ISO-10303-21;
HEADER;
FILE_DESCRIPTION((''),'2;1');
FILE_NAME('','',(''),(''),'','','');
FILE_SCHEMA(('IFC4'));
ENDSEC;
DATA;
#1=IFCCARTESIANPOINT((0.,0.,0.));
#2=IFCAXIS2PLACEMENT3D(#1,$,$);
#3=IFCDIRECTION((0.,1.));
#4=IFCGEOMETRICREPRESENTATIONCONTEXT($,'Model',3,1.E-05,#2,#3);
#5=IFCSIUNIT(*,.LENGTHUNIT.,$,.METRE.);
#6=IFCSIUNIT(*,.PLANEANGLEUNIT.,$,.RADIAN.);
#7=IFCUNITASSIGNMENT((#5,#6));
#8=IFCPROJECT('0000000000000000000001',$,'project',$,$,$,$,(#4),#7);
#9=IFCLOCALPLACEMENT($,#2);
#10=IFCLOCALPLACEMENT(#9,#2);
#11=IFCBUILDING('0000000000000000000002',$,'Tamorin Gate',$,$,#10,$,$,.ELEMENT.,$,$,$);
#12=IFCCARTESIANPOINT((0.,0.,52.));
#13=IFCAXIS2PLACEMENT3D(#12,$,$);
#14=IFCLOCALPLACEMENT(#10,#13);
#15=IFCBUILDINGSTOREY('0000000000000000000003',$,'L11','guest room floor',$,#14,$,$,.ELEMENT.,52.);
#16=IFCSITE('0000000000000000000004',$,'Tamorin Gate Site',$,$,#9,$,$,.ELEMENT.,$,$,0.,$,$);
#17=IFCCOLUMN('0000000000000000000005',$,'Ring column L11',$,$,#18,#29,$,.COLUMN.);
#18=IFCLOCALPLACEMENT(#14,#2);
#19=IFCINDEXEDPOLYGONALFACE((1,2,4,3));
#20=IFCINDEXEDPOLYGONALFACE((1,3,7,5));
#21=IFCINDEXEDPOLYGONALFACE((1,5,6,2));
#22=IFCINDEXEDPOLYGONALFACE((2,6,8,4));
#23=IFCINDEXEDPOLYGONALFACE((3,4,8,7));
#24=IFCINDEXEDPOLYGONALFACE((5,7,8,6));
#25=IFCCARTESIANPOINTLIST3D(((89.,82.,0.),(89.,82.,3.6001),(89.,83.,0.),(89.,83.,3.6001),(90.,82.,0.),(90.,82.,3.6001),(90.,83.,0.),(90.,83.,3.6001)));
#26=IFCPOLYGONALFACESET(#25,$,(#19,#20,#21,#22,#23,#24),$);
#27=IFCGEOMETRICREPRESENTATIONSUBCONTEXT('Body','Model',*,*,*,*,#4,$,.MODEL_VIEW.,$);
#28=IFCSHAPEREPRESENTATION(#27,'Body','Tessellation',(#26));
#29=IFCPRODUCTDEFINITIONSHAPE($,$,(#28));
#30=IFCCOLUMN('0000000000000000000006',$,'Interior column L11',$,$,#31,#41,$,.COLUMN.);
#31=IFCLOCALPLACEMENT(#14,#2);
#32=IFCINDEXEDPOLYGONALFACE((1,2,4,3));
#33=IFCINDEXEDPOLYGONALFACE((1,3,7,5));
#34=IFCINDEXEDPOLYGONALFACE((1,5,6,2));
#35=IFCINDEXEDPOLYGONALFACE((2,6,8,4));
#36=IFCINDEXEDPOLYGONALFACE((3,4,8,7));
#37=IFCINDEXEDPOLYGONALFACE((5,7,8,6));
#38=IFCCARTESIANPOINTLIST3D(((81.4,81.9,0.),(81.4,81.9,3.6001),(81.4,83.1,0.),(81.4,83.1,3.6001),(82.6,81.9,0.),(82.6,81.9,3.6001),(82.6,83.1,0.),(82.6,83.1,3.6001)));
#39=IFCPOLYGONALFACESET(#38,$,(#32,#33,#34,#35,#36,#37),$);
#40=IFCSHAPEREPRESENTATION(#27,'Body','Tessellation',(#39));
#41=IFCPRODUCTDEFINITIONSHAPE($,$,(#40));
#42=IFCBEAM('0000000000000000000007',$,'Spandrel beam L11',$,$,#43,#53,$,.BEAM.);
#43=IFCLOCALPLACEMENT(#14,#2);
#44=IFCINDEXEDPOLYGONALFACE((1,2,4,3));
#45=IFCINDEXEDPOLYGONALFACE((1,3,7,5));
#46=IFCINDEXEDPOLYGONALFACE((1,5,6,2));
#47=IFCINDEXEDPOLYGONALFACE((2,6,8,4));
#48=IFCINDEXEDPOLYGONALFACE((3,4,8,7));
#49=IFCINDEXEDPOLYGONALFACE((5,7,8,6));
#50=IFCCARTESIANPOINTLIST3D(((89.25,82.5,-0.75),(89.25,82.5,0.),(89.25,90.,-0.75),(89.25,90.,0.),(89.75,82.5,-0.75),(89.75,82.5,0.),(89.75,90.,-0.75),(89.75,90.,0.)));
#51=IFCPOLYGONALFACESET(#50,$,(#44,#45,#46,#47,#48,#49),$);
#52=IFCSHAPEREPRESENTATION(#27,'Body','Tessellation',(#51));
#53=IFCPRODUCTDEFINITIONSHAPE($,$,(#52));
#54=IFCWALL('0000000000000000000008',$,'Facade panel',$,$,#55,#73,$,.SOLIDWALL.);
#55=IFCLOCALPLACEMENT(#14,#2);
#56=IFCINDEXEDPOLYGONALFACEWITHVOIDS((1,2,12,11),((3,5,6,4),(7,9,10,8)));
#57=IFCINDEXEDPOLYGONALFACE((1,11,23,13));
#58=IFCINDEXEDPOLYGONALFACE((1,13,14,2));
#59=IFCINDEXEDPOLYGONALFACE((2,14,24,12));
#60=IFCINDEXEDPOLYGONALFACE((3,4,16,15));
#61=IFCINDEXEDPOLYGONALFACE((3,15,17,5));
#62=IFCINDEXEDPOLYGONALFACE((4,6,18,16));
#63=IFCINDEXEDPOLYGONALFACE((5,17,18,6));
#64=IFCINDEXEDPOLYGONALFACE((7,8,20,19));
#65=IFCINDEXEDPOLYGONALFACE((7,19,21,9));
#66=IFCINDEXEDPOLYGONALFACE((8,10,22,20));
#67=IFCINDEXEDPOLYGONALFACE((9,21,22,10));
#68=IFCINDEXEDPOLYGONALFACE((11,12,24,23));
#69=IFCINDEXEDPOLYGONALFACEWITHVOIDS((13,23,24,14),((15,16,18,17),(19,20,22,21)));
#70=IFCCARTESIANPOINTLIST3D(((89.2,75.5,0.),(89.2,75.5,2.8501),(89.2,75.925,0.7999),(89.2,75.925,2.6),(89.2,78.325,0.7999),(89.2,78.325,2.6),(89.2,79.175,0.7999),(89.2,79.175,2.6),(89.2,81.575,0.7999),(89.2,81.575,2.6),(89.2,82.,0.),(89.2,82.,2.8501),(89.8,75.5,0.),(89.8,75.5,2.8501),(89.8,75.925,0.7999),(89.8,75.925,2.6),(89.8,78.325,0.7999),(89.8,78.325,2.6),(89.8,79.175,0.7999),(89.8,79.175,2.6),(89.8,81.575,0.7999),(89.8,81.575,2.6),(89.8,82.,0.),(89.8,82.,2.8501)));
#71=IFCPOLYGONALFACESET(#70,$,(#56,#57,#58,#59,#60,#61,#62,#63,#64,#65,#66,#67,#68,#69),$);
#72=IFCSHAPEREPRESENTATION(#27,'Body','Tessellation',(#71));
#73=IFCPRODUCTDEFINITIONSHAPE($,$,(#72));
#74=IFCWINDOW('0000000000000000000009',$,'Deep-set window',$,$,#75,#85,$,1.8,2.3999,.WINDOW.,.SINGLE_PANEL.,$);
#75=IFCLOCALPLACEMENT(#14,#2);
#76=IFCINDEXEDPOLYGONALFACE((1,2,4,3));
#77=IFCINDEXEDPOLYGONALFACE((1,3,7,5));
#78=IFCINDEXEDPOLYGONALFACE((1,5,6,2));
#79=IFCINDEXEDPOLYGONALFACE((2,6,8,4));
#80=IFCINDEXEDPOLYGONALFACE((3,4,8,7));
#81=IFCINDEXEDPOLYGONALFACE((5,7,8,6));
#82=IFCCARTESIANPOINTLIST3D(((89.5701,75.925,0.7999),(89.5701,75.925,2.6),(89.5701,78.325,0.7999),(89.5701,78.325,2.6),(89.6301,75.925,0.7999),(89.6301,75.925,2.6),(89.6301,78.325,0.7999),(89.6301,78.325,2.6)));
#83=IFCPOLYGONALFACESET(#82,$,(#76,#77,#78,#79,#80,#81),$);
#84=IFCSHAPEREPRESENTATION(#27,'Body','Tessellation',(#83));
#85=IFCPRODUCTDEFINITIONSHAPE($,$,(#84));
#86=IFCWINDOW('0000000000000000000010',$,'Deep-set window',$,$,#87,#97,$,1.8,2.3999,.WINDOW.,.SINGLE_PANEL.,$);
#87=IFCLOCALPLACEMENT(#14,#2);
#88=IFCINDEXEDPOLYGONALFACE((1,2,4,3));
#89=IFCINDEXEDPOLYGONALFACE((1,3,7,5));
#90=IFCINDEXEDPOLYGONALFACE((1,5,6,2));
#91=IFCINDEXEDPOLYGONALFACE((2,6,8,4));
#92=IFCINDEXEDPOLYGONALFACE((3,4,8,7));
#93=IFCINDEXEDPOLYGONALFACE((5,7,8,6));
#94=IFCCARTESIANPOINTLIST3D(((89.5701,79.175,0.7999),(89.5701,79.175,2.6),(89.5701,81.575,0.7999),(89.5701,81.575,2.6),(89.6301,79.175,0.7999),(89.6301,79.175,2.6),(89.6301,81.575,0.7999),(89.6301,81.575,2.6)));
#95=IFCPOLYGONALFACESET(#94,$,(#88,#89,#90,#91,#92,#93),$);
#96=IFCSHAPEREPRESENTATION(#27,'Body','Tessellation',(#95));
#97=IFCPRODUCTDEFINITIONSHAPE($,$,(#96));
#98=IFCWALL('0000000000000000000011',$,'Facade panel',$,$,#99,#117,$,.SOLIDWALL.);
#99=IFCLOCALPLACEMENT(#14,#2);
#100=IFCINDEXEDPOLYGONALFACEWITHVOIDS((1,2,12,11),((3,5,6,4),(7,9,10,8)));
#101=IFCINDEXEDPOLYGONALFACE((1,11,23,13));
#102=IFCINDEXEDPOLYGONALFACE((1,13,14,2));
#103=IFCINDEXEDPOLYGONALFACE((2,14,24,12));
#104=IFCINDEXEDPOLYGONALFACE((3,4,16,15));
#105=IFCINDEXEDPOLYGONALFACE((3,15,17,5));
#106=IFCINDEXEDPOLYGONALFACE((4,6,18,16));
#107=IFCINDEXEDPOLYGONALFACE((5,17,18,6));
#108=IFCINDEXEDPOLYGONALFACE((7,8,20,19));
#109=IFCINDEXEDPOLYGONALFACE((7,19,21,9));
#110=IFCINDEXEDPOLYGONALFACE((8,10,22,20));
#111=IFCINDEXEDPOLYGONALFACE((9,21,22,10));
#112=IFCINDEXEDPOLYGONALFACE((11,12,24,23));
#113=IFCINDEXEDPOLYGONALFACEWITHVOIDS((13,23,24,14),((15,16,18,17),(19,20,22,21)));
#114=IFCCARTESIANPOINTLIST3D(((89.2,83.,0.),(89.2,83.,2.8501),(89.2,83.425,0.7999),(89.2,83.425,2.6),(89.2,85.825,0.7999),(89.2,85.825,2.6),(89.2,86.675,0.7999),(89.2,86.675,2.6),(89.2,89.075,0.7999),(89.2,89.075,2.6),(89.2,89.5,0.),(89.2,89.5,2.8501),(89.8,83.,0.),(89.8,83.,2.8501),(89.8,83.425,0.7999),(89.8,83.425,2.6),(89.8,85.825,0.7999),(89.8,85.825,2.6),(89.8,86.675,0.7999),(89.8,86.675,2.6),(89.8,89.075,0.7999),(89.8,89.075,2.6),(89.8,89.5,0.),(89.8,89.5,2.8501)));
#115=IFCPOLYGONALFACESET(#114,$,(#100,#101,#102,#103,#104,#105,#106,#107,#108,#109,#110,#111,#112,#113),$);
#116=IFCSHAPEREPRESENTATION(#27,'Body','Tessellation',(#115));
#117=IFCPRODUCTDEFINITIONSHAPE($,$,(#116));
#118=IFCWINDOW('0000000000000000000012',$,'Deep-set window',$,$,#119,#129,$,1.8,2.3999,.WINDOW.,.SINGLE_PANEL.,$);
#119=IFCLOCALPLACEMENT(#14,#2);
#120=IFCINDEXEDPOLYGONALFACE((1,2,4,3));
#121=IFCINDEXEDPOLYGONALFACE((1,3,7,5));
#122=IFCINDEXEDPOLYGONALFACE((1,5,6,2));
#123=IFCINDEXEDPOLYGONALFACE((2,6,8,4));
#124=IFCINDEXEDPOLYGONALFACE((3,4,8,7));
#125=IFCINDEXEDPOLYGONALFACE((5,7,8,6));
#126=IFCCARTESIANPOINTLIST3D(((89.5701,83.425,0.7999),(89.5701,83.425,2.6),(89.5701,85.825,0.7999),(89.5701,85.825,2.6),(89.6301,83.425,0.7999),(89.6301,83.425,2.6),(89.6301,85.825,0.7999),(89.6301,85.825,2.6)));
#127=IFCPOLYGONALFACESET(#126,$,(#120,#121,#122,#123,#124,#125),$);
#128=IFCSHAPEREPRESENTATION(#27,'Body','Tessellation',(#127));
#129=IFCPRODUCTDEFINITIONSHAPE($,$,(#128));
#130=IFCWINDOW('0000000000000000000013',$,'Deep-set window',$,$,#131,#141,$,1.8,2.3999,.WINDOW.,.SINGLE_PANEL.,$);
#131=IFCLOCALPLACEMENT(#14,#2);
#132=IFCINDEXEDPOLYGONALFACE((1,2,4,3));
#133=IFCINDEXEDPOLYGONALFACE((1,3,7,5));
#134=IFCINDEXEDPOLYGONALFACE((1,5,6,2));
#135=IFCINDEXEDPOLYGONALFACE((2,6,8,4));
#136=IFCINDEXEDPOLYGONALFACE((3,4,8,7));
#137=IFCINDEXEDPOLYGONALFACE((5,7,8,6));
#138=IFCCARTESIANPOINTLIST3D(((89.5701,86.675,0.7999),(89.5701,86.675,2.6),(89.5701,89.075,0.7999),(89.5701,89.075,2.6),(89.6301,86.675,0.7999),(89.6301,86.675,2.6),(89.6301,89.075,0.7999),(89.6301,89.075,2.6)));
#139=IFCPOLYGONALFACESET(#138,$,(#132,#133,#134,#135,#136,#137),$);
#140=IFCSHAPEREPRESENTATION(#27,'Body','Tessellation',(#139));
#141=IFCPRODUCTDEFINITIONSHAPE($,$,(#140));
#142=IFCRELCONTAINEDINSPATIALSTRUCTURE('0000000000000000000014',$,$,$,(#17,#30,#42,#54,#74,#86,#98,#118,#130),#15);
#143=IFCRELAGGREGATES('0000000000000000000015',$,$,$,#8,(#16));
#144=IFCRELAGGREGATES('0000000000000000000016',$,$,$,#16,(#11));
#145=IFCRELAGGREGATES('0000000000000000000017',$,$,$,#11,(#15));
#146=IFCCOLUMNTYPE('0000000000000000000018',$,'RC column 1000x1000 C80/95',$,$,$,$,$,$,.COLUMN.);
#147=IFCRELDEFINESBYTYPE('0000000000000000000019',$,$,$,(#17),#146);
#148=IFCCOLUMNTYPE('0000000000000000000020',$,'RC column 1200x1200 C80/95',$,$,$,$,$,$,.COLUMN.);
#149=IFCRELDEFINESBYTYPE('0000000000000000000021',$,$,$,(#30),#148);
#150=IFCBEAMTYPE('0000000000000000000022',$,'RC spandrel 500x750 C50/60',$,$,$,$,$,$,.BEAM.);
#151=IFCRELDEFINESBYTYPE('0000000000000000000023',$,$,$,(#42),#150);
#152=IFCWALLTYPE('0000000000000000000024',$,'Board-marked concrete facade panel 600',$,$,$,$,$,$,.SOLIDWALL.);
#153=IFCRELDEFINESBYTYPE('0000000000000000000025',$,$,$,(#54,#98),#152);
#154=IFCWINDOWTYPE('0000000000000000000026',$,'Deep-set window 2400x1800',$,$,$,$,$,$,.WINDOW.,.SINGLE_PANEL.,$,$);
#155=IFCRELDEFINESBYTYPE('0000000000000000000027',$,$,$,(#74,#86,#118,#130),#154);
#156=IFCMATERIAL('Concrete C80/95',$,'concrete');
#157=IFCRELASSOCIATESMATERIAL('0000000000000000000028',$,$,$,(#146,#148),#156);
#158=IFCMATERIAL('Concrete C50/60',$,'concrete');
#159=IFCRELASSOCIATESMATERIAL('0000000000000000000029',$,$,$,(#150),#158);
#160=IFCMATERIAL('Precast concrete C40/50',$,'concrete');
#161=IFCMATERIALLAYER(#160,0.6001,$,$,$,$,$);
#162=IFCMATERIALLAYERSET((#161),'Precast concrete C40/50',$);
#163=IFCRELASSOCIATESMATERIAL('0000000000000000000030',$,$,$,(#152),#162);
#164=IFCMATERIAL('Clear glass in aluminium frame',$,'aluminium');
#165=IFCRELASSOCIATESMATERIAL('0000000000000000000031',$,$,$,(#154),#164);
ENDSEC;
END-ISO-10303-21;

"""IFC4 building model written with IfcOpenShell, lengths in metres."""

from ifc_helpers import new_model, si_unit, direction, frame, frame_2d, origin, origin_2d, place, context, subcontext, project, spatial, rectangle, extrude, material, layer, layer_set, material_profile, profile_set, type_object, element, fill, save


model = new_model("IFC4")

# Units and contexts
model_context = context("Model", 3, precision=1e-05, world=origin(), true_north=direction((0.0, 1.0)))
body_context = subcontext(model_context, "Body", "Model", "MODEL_VIEW")
ifc_project = project(units=[si_unit("LENGTHUNIT", "METRE"), si_unit("PLANEANGLEUNIT", "RADIAN")], contexts=[model_context])

# Site, building, storey
site_placement = place(None, origin())
site = spatial("IfcSite", under=ifc_project, at=site_placement, Name="Tamorin Gate Site", CompositionType="ELEMENT", RefElevation=0.0)
building_placement = place(site_placement, origin())
building = spatial("IfcBuilding", under=site, at=building_placement, Name="Tamorin Gate", CompositionType="ELEMENT")
storey_placement = place(building_placement, frame((0.0, 0.0, 52.0)))
storey = spatial("IfcBuildingStorey", under=building, at=storey_placement, Name="L11", Description="guest room floor", CompositionType="ELEMENT", Elevation=52.0)

# Columns
ifc_material_1 = material(Name="Concrete C80/95", Category="concrete")
ifc_material_profile_1 = material_profile(ifc_material_1, rectangle(XDim=1.0, YDim=1.0, at=origin_2d()), Name="RC 1000x1000")
ifc_profile_set_1 = profile_set([ifc_material_profile_1], Name="Concrete C80/95")
column_type_1 = type_object("IfcColumnType", Name="RC column 1000x1000 C80/95", PredefinedType="COLUMN", material=ifc_profile_set_1)
column_1_placement = place(storey_placement, frame((89.5, 82.5, 0.0), z_axis=(0.0, 0.0, 1.0), x_axis=(1.0, 0.0, 0.0)))
element("IfcColumn", 1, at=column_1_placement, inside=storey, type_object=column_type_1, Name="Ring column L11", PredefinedType="COLUMN", context=body_context, shape_type="SweptSolid", body=[
    extrude(rectangle(XDim=1.0, YDim=1.0, at=origin_2d()), origin(), (0.0, 0.0, 1.0), 3.6001),
])
ifc_material_profile_2 = material_profile(ifc_material_1, rectangle(XDim=1.2, YDim=1.2, at=origin_2d()), Name="RC 1200x1200")
ifc_profile_set_2 = profile_set([ifc_material_profile_2], Name="Concrete C80/95")
column_type_2 = type_object("IfcColumnType", Name="RC column 1200x1200 C80/95", PredefinedType="COLUMN", material=ifc_profile_set_2)
column_2_placement = place(storey_placement, frame((82.0, 82.5, 0.0), z_axis=(0.0, 0.0, 1.0), x_axis=(1.0, 0.0, 0.0)))
element("IfcColumn", 2, at=column_2_placement, inside=storey, type_object=column_type_2, Name="Interior column L11", PredefinedType="COLUMN", context=body_context, shape_type="SweptSolid", body=[
    extrude(rectangle(XDim=1.2, YDim=1.2, at=origin_2d()), origin(), (0.0, 0.0, 1.0), 3.6001),
])

# Beam
ifc_material_2 = material(Name="Concrete C50/60", Category="concrete")
ifc_material_profile_3 = material_profile(ifc_material_2, rectangle(XDim=0.5, YDim=0.75, at=origin_2d()), Name="RC 500x750")
ifc_profile_set_3 = profile_set([ifc_material_profile_3], Name="Concrete C50/60")
beam_type = type_object("IfcBeamType", Name="RC spandrel 500x750 C50/60", PredefinedType="BEAM", material=ifc_profile_set_3)
beam_placement = place(storey_placement, frame((89.5, 82.5, -0.375), z_axis=(0.0, 1.0, 0.0), x_axis=(-1.0, 0.0, 0.0)))
element("IfcBeam", 3, at=beam_placement, inside=storey, type_object=beam_type, Name="Spandrel beam L11", PredefinedType="BEAM", context=body_context, shape_type="SweptSolid", body=[
    extrude(rectangle(XDim=0.5, YDim=0.75, at=origin_2d()), origin(), (0.0, 0.0, 1.0), 7.5),
])

# Walls, openings, windows
ifc_material_3 = material(Name="Precast concrete C40/50", Category="concrete")
ifc_layer_1 = layer(ifc_material_3, 0.6001)
ifc_layer_set_1 = layer_set([ifc_layer_1], Name="Precast concrete C40/50")
wall_type_1 = type_object("IfcWallType", Name="Board-marked concrete facade panel 600", PredefinedType="SOLIDWALL", material=ifc_layer_set_1)
wall_1_placement = place(storey_placement, frame((89.5, 75.5, 0.0), z_axis=(0.0, 0.0, 1.0), x_axis=(0.0, 1.0, 0.0)))
wall_1 = element("IfcWall", 4, at=wall_1_placement, inside=storey, type_object=wall_type_1, Name="Facade panel", PredefinedType="SOLIDWALL", context=body_context, shape_type="SweptSolid", body=[
    extrude(rectangle(XDim=6.5, YDim=0.6001, at=frame_2d((3.25, 0.0))), origin(), (0.0, 0.0, 1.0), 2.8501),
])
opening_1_placement = place(wall_1_placement, frame((0.425, 0.0, 0.8)))
opening_1 = element("IfcOpeningElement", 5, at=opening_1_placement, cuts=wall_1, PredefinedType="OPENING", context=body_context, shape_type="SweptSolid", body=[
    extrude(rectangle(XDim=2.3999, YDim=1.8, at=frame_2d((1.2, 0.8999))), frame((0.0, 0.3101, 0.0), z_axis=(0.0, -1.0, 0.0), x_axis=(1.0, 0.0, 0.0)), (0.0, 0.0, 1.0), 0.6201),
])
opening_2_placement = place(wall_1_placement, frame((3.675, 0.0, 0.8)))
opening_2 = element("IfcOpeningElement", 6, at=opening_2_placement, cuts=wall_1, PredefinedType="OPENING", context=body_context, shape_type="SweptSolid", body=[
    extrude(rectangle(XDim=2.3999, YDim=1.8, at=frame_2d((1.2, 0.8999))), frame((0.0, 0.3101, 0.0), z_axis=(0.0, -1.0, 0.0), x_axis=(1.0, 0.0, 0.0)), (0.0, 0.0, 1.0), 0.6201),
])
ifc_material_4 = material(Name="Clear glass in aluminium frame", Category="aluminium")
window_type = type_object("IfcWindowType", Name="Deep-set window 2400x1800", PartitioningType="SINGLE_PANEL", PredefinedType="WINDOW", material=ifc_material_4)
window_1_placement = place(opening_1_placement, origin())
window_1 = element("IfcWindow", 7, at=window_1_placement, inside=storey, type_object=window_type, Name="Deep-set window", OverallHeight=1.8, OverallWidth=2.3999, PartitioningType="SINGLE_PANEL", PredefinedType="WINDOW", context=body_context, shape_type="SweptSolid", body=[
    extrude(rectangle(XDim=2.3999, YDim=1.8, at=frame_2d((1.2, 0.8999))), frame((0.0, -0.0701, 0.0), z_axis=(0.0, -1.0, 0.0), x_axis=(1.0, 0.0, 0.0)), (0.0, 0.0, 1.0), 0.0601),
])
fill(opening_1, window_1)
window_2_placement = place(opening_2_placement, origin())
window_2 = element("IfcWindow", 8, at=window_2_placement, inside=storey, type_object=window_type, Name="Deep-set window", OverallHeight=1.8, OverallWidth=2.3999, PartitioningType="SINGLE_PANEL", PredefinedType="WINDOW", context=body_context, shape_type="SweptSolid", body=[
    extrude(rectangle(XDim=2.3999, YDim=1.8, at=frame_2d((1.2, 0.8999))), frame((0.0, -0.0701, 0.0), z_axis=(0.0, -1.0, 0.0), x_axis=(1.0, 0.0, 0.0)), (0.0, 0.0, 1.0), 0.0601),
])
fill(opening_2, window_2)
wall_2_placement = place(storey_placement, frame((89.5, 83.0, 0.0), z_axis=(0.0, 0.0, 1.0), x_axis=(0.0, 1.0, 0.0)))
wall_2 = element("IfcWall", 9, at=wall_2_placement, inside=storey, type_object=wall_type_1, Name="Facade panel", PredefinedType="SOLIDWALL", context=body_context, shape_type="SweptSolid", body=[
    extrude(rectangle(XDim=6.5, YDim=0.6001, at=frame_2d((3.25, 0.0))), origin(), (0.0, 0.0, 1.0), 2.8501),
])
opening_3_placement = place(wall_2_placement, frame((0.425, 0.0, 0.8)))
opening_3 = element("IfcOpeningElement", 10, at=opening_3_placement, cuts=wall_2, PredefinedType="OPENING", context=body_context, shape_type="SweptSolid", body=[
    extrude(rectangle(XDim=2.3999, YDim=1.8, at=frame_2d((1.2, 0.8999))), frame((0.0, 0.3101, 0.0), z_axis=(0.0, -1.0, 0.0), x_axis=(1.0, 0.0, 0.0)), (0.0, 0.0, 1.0), 0.6201),
])
opening_4_placement = place(wall_2_placement, frame((3.675, 0.0, 0.8)))
opening_4 = element("IfcOpeningElement", 11, at=opening_4_placement, cuts=wall_2, PredefinedType="OPENING", context=body_context, shape_type="SweptSolid", body=[
    extrude(rectangle(XDim=2.3999, YDim=1.8, at=frame_2d((1.2, 0.8999))), frame((0.0, 0.3101, 0.0), z_axis=(0.0, -1.0, 0.0), x_axis=(1.0, 0.0, 0.0)), (0.0, 0.0, 1.0), 0.6201),
])
window_3_placement = place(opening_3_placement, origin())
window_3 = element("IfcWindow", 12, at=window_3_placement, inside=storey, type_object=window_type, Name="Deep-set window", OverallHeight=1.8, OverallWidth=2.3999, PartitioningType="SINGLE_PANEL", PredefinedType="WINDOW", context=body_context, shape_type="SweptSolid", body=[
    extrude(rectangle(XDim=2.3999, YDim=1.8, at=frame_2d((1.2, 0.8999))), frame((0.0, -0.0701, 0.0), z_axis=(0.0, -1.0, 0.0), x_axis=(1.0, 0.0, 0.0)), (0.0, 0.0, 1.0), 0.0601),
])
fill(opening_3, window_3)
window_4_placement = place(opening_4_placement, origin())
window_4 = element("IfcWindow", 13, at=window_4_placement, inside=storey, type_object=window_type, Name="Deep-set window", OverallHeight=1.8, OverallWidth=2.3999, PartitioningType="SINGLE_PANEL", PredefinedType="WINDOW", context=body_context, shape_type="SweptSolid", body=[
    extrude(rectangle(XDim=2.3999, YDim=1.8, at=frame_2d((1.2, 0.8999))), frame((0.0, -0.0701, 0.0), z_axis=(0.0, -1.0, 0.0), x_axis=(1.0, 0.0, 0.0)), (0.0, 0.0, 1.0), 0.0601),
])
fill(opening_4, window_4)

save(model, "model.ifc")
